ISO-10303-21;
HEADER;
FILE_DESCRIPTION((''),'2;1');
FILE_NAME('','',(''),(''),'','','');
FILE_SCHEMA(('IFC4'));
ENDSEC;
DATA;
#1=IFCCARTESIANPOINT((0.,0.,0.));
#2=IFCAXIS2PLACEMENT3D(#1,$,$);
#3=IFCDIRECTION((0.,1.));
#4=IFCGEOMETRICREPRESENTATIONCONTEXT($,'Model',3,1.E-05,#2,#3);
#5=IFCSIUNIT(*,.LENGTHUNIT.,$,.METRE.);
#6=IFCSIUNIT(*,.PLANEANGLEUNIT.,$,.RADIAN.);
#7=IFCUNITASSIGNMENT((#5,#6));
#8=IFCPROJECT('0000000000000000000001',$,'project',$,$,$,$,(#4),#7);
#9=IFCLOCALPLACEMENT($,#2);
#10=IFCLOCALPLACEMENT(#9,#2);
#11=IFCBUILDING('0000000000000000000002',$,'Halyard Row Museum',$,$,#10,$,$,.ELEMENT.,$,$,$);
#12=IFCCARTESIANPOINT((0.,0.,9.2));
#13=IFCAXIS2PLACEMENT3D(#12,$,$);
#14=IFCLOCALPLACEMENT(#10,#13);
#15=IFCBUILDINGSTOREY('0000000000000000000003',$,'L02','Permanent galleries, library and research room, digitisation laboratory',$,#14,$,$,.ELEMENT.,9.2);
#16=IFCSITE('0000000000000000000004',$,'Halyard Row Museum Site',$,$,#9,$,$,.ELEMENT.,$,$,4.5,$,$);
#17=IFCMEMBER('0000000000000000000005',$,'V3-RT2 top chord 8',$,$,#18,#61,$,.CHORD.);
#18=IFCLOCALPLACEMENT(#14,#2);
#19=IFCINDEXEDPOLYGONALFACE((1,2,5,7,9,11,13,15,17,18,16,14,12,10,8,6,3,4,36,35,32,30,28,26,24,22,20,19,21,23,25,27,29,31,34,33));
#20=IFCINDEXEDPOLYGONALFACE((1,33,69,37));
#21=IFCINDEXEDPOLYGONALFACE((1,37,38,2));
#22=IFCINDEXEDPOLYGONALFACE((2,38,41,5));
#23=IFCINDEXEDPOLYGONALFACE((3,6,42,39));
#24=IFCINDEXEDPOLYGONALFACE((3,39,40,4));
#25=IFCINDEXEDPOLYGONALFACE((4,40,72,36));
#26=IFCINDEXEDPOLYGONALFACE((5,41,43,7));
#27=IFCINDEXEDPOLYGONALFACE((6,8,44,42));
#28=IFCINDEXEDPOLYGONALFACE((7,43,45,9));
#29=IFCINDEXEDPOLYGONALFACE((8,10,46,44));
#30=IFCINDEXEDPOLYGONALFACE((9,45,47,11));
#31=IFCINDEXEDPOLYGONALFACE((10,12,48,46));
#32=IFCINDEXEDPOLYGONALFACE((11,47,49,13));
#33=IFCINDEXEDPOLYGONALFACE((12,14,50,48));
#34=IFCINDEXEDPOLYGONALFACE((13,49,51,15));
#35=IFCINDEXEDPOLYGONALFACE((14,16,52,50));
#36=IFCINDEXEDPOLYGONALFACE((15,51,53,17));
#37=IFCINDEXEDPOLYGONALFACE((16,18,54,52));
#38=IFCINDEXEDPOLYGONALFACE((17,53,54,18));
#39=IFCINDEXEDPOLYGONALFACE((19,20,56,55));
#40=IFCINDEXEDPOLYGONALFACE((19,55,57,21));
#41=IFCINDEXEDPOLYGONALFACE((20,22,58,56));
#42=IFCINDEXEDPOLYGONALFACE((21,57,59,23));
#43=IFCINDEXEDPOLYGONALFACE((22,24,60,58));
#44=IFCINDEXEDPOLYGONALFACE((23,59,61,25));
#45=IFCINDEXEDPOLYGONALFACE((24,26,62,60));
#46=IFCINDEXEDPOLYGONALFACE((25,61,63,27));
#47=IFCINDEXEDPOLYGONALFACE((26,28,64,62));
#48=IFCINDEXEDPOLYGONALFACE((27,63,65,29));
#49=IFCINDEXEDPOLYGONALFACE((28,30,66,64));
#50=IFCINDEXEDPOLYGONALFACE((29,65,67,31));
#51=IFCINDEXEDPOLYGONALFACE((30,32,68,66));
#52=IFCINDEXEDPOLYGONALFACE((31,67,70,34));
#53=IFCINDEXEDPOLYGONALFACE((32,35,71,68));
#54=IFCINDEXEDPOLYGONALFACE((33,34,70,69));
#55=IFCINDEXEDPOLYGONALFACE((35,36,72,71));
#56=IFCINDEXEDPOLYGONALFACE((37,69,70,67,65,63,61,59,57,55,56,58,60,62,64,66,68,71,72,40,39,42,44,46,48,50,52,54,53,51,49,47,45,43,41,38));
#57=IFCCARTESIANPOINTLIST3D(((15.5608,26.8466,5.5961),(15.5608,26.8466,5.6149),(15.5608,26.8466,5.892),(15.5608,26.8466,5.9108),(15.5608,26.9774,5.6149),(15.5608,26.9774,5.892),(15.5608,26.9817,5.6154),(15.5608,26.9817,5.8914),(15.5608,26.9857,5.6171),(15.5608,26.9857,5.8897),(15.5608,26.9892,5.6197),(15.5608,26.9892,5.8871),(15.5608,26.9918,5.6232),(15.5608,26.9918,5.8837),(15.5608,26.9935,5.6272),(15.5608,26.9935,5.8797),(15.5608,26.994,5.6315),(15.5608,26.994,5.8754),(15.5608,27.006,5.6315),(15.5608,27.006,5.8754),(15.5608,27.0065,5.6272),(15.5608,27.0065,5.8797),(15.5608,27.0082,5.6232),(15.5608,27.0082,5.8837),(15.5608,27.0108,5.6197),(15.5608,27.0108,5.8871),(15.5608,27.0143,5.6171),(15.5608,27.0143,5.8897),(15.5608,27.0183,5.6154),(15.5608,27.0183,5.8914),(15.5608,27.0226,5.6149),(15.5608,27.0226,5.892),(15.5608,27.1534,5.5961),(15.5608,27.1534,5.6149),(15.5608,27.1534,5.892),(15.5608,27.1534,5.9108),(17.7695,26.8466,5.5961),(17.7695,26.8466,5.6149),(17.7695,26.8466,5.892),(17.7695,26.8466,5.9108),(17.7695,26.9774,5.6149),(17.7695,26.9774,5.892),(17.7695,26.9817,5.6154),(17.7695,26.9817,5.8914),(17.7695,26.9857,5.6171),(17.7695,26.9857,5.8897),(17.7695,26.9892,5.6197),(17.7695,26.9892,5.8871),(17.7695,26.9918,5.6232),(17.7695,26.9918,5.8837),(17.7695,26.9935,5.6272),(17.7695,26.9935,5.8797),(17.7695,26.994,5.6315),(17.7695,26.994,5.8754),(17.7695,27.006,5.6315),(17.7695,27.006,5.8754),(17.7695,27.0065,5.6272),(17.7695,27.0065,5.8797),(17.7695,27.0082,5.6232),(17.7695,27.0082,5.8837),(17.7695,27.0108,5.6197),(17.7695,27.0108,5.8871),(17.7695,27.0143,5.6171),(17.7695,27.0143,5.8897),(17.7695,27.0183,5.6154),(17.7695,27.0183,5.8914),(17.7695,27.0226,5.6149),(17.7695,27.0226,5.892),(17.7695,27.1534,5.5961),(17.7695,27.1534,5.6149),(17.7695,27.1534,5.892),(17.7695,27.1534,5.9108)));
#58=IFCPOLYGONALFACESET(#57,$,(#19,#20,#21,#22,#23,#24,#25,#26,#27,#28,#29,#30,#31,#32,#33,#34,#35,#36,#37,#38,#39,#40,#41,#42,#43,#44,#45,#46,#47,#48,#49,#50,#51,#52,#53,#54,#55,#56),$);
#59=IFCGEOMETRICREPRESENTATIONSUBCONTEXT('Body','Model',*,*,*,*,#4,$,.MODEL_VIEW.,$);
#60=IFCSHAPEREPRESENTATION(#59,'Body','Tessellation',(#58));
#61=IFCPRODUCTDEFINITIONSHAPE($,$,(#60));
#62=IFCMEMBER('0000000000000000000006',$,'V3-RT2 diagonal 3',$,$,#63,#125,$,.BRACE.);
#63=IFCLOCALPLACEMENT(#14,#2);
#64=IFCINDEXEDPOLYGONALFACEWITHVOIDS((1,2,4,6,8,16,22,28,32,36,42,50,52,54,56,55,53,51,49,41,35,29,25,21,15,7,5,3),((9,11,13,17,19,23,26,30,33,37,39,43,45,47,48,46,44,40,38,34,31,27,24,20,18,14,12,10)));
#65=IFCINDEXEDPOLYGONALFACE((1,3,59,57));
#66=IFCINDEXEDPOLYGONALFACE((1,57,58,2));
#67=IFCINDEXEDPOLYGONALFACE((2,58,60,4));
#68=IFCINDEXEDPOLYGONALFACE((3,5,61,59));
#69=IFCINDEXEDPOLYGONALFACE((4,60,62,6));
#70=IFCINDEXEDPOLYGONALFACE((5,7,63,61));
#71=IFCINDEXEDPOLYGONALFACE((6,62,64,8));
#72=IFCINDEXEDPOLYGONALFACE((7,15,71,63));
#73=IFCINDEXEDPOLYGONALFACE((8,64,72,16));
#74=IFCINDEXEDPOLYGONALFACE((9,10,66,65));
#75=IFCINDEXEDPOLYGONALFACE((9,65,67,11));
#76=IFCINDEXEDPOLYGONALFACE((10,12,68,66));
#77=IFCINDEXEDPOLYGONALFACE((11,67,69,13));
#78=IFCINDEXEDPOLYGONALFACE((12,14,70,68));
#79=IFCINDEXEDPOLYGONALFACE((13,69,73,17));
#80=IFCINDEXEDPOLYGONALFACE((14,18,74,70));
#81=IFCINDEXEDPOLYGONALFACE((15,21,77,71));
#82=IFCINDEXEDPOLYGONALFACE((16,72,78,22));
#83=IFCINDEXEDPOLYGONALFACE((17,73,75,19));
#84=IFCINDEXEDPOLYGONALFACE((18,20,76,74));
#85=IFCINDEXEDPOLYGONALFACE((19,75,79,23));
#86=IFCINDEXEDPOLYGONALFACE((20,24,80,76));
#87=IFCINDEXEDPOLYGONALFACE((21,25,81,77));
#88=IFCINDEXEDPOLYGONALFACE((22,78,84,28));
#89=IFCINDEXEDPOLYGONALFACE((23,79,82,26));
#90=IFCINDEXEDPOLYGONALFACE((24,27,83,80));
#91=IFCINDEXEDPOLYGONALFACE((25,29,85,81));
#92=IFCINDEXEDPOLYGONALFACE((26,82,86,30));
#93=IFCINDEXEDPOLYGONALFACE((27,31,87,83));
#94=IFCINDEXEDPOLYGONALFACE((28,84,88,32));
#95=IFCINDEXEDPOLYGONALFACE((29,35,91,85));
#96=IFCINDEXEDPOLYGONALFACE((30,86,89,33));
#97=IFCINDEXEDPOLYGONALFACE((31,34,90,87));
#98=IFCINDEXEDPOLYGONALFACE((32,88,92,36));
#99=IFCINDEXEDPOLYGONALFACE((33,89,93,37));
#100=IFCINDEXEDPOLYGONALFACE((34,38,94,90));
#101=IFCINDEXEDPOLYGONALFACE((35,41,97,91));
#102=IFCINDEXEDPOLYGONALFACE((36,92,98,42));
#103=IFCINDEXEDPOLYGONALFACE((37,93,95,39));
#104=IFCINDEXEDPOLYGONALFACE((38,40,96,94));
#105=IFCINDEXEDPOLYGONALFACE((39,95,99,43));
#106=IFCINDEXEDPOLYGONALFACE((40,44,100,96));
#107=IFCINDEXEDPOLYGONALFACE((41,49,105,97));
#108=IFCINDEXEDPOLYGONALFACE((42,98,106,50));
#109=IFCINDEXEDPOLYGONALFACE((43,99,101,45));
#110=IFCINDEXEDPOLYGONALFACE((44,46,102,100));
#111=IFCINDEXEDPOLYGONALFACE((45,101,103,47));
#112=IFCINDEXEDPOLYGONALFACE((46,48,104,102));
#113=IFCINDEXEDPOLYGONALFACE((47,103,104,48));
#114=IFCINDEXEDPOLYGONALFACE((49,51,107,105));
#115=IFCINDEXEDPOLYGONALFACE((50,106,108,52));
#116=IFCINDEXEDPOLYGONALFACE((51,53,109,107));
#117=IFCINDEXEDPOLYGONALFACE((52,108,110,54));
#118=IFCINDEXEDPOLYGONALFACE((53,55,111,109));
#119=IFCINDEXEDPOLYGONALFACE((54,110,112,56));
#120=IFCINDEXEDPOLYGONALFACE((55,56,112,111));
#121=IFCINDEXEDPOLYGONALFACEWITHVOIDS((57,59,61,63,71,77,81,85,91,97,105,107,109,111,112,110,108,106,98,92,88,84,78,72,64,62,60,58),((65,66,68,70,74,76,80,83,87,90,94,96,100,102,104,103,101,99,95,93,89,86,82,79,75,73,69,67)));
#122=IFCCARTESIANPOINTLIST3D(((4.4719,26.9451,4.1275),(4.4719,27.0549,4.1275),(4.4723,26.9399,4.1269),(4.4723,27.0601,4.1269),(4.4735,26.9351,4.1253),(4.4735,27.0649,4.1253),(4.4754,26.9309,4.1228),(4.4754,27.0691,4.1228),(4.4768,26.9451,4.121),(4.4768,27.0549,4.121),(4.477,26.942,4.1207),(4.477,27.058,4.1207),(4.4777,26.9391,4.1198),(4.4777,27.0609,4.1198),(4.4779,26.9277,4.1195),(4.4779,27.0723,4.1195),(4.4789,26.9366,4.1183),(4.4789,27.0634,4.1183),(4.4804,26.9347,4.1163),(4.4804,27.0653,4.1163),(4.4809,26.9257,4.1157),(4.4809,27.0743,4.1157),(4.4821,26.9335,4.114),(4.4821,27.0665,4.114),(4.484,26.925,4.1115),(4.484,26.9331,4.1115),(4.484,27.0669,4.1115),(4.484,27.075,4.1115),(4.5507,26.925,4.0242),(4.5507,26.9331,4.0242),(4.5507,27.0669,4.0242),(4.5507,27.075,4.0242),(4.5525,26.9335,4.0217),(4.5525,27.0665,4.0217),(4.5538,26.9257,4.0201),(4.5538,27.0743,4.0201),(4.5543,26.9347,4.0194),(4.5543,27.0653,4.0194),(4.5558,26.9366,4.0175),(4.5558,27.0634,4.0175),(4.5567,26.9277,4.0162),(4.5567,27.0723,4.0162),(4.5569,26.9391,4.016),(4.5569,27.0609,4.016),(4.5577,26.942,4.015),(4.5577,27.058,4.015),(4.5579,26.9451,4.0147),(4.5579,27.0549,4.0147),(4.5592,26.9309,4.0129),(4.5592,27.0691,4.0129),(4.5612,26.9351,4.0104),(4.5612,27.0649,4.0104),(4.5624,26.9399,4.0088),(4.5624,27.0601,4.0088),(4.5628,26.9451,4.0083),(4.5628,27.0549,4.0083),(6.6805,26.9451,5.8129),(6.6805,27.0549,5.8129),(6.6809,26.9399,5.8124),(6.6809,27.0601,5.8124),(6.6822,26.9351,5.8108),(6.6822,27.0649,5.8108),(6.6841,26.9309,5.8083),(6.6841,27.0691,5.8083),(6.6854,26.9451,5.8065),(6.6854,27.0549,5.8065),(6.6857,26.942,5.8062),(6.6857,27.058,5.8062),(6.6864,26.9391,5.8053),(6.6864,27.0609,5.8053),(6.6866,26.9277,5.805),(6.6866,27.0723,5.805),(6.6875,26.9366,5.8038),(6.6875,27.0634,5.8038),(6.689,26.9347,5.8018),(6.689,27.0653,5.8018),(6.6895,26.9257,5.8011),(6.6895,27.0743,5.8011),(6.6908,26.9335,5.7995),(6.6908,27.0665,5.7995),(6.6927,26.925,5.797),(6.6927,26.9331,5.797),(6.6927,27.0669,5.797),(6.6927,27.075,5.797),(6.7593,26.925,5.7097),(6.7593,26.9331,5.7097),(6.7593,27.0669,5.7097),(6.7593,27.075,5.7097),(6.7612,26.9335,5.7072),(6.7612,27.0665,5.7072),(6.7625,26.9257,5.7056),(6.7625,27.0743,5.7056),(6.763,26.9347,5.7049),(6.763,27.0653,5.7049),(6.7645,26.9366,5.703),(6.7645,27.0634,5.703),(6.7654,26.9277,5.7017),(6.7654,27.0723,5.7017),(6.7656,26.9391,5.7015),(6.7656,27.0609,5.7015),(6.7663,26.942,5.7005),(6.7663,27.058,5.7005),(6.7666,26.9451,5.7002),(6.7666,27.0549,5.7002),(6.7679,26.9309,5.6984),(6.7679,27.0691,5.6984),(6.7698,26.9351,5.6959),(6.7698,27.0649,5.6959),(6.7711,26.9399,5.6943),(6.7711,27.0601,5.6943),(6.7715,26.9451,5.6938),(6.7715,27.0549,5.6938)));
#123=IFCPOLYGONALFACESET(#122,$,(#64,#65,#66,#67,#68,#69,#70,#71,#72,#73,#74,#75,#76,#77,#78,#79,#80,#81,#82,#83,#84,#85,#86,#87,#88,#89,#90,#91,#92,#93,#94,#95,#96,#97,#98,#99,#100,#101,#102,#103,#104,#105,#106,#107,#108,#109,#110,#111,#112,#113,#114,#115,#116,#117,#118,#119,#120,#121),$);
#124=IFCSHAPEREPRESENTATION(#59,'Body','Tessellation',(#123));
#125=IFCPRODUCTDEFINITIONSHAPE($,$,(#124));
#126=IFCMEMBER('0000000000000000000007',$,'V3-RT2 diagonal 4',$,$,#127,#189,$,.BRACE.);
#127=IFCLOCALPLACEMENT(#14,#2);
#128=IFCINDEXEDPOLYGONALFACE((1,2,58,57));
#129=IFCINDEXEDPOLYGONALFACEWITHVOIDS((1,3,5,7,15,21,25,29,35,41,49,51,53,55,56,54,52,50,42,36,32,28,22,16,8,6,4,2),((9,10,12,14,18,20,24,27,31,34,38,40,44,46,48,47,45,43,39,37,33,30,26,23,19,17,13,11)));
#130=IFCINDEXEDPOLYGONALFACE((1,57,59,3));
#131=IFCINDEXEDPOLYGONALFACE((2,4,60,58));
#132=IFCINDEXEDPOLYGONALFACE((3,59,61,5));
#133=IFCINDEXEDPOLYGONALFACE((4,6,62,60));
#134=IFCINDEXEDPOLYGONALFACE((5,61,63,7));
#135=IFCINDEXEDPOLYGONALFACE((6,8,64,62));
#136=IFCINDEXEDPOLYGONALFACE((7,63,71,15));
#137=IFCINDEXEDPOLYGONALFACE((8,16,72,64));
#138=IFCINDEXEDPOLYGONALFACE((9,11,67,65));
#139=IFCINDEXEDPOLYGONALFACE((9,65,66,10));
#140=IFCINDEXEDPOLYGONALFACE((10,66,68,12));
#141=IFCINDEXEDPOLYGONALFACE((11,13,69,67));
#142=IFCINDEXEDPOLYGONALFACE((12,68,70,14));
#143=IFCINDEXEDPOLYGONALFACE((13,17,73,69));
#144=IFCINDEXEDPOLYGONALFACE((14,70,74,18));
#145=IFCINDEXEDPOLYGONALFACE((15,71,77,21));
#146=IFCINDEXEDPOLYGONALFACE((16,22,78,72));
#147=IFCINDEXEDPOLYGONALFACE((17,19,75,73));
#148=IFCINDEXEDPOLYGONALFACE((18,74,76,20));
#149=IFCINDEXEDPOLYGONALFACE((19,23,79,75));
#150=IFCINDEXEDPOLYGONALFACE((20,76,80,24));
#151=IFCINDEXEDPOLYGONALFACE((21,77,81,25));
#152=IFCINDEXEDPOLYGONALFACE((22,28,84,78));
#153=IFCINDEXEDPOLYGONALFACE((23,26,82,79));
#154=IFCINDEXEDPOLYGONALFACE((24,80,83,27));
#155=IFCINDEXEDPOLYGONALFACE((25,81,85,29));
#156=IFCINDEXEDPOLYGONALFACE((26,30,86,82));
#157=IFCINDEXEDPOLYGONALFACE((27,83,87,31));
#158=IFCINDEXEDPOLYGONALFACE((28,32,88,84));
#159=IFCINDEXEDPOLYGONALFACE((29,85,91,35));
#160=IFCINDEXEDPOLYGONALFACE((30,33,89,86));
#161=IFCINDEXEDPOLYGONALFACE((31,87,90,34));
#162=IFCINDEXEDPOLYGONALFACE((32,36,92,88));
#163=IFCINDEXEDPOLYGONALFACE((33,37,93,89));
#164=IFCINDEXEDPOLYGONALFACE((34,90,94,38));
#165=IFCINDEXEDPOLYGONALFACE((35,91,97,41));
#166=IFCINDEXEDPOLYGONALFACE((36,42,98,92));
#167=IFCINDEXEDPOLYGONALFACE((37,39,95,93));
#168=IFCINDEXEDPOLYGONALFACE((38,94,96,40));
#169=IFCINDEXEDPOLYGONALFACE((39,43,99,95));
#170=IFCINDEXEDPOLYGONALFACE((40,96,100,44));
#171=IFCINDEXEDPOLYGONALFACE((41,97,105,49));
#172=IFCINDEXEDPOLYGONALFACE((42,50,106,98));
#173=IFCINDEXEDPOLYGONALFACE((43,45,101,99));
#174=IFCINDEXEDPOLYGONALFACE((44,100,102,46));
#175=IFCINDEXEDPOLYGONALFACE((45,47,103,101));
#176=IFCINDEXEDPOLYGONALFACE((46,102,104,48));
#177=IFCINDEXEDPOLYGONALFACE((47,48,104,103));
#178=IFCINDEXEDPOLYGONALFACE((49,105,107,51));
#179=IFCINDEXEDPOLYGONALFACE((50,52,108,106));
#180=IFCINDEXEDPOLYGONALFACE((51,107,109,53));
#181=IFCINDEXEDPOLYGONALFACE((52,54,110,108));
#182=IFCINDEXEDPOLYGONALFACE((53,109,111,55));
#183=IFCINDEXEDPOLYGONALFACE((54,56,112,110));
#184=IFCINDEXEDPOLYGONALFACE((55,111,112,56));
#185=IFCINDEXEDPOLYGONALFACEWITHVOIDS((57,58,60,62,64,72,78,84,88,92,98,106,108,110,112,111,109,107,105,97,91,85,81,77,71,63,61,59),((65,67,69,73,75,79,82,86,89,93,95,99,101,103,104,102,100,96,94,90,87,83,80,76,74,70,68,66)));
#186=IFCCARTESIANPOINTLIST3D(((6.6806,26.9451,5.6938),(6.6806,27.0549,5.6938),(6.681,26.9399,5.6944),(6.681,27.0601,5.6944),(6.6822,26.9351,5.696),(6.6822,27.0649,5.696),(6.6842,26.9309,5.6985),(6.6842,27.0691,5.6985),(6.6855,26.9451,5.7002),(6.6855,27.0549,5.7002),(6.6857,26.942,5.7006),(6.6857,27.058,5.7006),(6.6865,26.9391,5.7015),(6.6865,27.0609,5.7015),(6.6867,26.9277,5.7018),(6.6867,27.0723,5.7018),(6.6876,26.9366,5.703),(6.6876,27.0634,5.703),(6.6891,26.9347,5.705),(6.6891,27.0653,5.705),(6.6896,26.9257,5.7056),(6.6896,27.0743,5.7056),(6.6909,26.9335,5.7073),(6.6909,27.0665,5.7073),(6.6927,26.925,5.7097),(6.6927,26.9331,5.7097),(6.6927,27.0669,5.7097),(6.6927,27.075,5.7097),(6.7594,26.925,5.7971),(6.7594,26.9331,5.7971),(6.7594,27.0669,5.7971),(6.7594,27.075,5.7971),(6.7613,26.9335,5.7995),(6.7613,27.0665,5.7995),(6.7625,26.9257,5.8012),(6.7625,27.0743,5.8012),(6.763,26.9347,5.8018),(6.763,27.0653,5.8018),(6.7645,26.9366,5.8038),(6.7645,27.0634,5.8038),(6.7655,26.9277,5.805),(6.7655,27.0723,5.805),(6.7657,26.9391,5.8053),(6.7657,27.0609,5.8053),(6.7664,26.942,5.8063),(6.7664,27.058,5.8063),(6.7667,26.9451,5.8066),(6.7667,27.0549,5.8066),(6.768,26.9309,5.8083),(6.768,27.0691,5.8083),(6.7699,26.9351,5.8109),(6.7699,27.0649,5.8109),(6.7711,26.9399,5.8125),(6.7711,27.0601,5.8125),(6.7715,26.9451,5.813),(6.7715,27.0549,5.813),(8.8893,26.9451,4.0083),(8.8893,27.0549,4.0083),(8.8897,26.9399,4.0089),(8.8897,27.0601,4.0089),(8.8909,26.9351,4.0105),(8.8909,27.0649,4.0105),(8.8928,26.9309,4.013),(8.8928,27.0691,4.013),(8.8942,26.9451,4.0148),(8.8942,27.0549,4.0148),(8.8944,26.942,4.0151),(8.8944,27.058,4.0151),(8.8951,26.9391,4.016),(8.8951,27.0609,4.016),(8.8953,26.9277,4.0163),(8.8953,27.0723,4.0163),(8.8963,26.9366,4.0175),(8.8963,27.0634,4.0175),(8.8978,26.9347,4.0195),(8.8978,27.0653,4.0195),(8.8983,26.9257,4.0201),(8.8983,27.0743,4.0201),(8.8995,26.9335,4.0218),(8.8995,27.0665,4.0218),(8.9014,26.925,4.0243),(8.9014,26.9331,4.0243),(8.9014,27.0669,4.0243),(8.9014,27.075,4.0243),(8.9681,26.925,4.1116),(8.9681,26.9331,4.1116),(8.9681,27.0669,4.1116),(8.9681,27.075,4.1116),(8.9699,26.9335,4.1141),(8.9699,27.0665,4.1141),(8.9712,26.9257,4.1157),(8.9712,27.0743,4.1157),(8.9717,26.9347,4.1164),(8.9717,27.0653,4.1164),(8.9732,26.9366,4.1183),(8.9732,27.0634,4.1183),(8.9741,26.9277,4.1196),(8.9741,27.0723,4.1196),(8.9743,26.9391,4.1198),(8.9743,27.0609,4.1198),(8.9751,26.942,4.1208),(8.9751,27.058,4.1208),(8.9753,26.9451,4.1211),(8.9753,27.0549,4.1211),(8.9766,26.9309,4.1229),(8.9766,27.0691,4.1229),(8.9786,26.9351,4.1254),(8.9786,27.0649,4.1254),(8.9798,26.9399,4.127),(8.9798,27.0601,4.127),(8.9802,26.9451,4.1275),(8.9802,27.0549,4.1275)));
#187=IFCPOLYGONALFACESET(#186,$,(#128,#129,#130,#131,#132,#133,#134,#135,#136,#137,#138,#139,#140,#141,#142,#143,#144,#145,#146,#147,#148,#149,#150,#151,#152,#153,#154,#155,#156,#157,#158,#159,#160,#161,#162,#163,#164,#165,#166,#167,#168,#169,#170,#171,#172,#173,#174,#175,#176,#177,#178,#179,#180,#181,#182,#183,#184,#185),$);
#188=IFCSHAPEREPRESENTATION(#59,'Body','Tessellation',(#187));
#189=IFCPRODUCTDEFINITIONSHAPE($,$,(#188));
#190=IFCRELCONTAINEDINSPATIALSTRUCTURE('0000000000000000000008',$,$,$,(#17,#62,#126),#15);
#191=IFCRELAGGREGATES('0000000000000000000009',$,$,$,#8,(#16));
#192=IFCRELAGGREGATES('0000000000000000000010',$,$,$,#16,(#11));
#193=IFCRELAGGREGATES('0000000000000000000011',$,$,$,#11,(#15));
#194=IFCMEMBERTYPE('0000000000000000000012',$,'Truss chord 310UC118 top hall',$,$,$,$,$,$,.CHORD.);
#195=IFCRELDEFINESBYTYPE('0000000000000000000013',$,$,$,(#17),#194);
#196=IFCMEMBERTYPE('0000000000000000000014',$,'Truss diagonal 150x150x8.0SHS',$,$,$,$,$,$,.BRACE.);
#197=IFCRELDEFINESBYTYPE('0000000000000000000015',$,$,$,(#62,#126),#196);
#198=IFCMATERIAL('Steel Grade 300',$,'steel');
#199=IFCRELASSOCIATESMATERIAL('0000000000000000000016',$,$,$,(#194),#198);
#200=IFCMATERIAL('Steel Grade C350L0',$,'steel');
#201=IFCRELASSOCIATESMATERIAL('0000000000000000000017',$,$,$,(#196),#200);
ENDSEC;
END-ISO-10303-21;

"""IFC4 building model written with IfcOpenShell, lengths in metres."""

from ifc_helpers import new_model, si_unit, direction, frame, origin, origin_2d, place, context, subcontext, project, spatial, hollow_rectangle, i_section, extrude, material, material_profile, profile_set, type_object, element, save


model = new_model("IFC4")

# Units and contexts
model_context = context("Model", 3, precision=1e-05, world=origin(), true_north=direction((0.0, 1.0)))
body_context = subcontext(model_context, "Body", "Model", "MODEL_VIEW")
ifc_project = project(units=[si_unit("LENGTHUNIT", "METRE"), si_unit("PLANEANGLEUNIT", "RADIAN")], contexts=[model_context])

# Site, building, storey
site_placement = place(None, origin())
site = spatial("IfcSite", under=ifc_project, at=site_placement, Name="Halyard Row Museum Site", CompositionType="ELEMENT", RefElevation=4.5)
building_placement = place(site_placement, origin())
building = spatial("IfcBuilding", under=site, at=building_placement, Name="Halyard Row Museum", CompositionType="ELEMENT")
storey_placement = place(building_placement, frame((0.0, 0.0, 9.2)))
storey = spatial("IfcBuildingStorey", under=building, at=storey_placement, Name="L02", Description="Permanent galleries, library and research room, digitisation laboratory", CompositionType="ELEMENT", Elevation=9.2)

# Members
ifc_material_1 = material(Name="Steel Grade 300", Category="steel")
ifc_material_profile_1 = material_profile(ifc_material_1, i_section(OverallWidth=0.3069, OverallDepth=0.3147, WebThickness=0.012, FlangeThickness=0.0188, FilletRadius=0.0166, at=origin_2d()), Name="310UC118")
ifc_profile_set_1 = profile_set([ifc_material_profile_1], Name="Steel Grade 300")
member_type_1 = type_object("IfcMemberType", Name="Truss chord 310UC118 top hall", PredefinedType="CHORD", material=ifc_profile_set_1)
for number, where, z_axis, x_axis, name in (
    (1, (15.5608, 27.0, 5.7534), (1.0, 0.0, 0.0), (0.0, 1.0, 0.0), "V3-RT2 top chord 8"),
):
    element("IfcMember", number, at=place(storey_placement, frame(where, z_axis=z_axis, x_axis=x_axis)), inside=storey, type_object=member_type_1, Name=name, PredefinedType="CHORD", context=body_context, shape_type="SweptSolid", body=[
        extrude(i_section(OverallWidth=0.3069, OverallDepth=0.3147, WebThickness=0.012, FlangeThickness=0.0188, FilletRadius=0.0166, at=origin_2d()), origin(), (0.0, 0.0, 1.0), 2.2087),
    ])
ifc_material_2 = material(Name="Steel Grade C350L0", Category="steel")
ifc_material_profile_2 = material_profile(ifc_material_2, hollow_rectangle(XDim=0.1499, YDim=0.1499, WallThickness=0.0081, InnerFilletRadius=0.012, OuterFilletRadius=0.02, at=origin_2d()), Name="150x150x8.0SHS")
ifc_profile_set_2 = profile_set([ifc_material_profile_2], Name="Steel Grade C350L0")
member_type_2 = type_object("IfcMemberType", Name="Truss diagonal 150x150x8.0SHS", PredefinedType="BRACE", material=ifc_profile_set_2)
for number, where, z_axis, x_axis, name in (
    (2, (4.5173, 27.0, 4.0679), (0.794964, 0.0, 0.606657), (0.0, 1.0, 0.0), "V3-RT2 diagonal 3"),
    (3, (6.7261, 27.0, 5.7534), (0.794964, 0.0, -0.606657), (0.0, 1.0, 0.0), "V3-RT2 diagonal 4"),
):
    element("IfcMember", number, at=place(storey_placement, frame(where, z_axis=z_axis, x_axis=x_axis)), inside=storey, type_object=member_type_2, Name=name, PredefinedType="BRACE", context=body_context, shape_type="SweptSolid", body=[
        extrude(hollow_rectangle(XDim=0.1499, YDim=0.1499, WallThickness=0.0081, InnerFilletRadius=0.012, OuterFilletRadius=0.02, at=origin_2d()), origin(), (0.0, 0.0, 1.0), 2.7783),
    ])

save(model, "model.ifc")
